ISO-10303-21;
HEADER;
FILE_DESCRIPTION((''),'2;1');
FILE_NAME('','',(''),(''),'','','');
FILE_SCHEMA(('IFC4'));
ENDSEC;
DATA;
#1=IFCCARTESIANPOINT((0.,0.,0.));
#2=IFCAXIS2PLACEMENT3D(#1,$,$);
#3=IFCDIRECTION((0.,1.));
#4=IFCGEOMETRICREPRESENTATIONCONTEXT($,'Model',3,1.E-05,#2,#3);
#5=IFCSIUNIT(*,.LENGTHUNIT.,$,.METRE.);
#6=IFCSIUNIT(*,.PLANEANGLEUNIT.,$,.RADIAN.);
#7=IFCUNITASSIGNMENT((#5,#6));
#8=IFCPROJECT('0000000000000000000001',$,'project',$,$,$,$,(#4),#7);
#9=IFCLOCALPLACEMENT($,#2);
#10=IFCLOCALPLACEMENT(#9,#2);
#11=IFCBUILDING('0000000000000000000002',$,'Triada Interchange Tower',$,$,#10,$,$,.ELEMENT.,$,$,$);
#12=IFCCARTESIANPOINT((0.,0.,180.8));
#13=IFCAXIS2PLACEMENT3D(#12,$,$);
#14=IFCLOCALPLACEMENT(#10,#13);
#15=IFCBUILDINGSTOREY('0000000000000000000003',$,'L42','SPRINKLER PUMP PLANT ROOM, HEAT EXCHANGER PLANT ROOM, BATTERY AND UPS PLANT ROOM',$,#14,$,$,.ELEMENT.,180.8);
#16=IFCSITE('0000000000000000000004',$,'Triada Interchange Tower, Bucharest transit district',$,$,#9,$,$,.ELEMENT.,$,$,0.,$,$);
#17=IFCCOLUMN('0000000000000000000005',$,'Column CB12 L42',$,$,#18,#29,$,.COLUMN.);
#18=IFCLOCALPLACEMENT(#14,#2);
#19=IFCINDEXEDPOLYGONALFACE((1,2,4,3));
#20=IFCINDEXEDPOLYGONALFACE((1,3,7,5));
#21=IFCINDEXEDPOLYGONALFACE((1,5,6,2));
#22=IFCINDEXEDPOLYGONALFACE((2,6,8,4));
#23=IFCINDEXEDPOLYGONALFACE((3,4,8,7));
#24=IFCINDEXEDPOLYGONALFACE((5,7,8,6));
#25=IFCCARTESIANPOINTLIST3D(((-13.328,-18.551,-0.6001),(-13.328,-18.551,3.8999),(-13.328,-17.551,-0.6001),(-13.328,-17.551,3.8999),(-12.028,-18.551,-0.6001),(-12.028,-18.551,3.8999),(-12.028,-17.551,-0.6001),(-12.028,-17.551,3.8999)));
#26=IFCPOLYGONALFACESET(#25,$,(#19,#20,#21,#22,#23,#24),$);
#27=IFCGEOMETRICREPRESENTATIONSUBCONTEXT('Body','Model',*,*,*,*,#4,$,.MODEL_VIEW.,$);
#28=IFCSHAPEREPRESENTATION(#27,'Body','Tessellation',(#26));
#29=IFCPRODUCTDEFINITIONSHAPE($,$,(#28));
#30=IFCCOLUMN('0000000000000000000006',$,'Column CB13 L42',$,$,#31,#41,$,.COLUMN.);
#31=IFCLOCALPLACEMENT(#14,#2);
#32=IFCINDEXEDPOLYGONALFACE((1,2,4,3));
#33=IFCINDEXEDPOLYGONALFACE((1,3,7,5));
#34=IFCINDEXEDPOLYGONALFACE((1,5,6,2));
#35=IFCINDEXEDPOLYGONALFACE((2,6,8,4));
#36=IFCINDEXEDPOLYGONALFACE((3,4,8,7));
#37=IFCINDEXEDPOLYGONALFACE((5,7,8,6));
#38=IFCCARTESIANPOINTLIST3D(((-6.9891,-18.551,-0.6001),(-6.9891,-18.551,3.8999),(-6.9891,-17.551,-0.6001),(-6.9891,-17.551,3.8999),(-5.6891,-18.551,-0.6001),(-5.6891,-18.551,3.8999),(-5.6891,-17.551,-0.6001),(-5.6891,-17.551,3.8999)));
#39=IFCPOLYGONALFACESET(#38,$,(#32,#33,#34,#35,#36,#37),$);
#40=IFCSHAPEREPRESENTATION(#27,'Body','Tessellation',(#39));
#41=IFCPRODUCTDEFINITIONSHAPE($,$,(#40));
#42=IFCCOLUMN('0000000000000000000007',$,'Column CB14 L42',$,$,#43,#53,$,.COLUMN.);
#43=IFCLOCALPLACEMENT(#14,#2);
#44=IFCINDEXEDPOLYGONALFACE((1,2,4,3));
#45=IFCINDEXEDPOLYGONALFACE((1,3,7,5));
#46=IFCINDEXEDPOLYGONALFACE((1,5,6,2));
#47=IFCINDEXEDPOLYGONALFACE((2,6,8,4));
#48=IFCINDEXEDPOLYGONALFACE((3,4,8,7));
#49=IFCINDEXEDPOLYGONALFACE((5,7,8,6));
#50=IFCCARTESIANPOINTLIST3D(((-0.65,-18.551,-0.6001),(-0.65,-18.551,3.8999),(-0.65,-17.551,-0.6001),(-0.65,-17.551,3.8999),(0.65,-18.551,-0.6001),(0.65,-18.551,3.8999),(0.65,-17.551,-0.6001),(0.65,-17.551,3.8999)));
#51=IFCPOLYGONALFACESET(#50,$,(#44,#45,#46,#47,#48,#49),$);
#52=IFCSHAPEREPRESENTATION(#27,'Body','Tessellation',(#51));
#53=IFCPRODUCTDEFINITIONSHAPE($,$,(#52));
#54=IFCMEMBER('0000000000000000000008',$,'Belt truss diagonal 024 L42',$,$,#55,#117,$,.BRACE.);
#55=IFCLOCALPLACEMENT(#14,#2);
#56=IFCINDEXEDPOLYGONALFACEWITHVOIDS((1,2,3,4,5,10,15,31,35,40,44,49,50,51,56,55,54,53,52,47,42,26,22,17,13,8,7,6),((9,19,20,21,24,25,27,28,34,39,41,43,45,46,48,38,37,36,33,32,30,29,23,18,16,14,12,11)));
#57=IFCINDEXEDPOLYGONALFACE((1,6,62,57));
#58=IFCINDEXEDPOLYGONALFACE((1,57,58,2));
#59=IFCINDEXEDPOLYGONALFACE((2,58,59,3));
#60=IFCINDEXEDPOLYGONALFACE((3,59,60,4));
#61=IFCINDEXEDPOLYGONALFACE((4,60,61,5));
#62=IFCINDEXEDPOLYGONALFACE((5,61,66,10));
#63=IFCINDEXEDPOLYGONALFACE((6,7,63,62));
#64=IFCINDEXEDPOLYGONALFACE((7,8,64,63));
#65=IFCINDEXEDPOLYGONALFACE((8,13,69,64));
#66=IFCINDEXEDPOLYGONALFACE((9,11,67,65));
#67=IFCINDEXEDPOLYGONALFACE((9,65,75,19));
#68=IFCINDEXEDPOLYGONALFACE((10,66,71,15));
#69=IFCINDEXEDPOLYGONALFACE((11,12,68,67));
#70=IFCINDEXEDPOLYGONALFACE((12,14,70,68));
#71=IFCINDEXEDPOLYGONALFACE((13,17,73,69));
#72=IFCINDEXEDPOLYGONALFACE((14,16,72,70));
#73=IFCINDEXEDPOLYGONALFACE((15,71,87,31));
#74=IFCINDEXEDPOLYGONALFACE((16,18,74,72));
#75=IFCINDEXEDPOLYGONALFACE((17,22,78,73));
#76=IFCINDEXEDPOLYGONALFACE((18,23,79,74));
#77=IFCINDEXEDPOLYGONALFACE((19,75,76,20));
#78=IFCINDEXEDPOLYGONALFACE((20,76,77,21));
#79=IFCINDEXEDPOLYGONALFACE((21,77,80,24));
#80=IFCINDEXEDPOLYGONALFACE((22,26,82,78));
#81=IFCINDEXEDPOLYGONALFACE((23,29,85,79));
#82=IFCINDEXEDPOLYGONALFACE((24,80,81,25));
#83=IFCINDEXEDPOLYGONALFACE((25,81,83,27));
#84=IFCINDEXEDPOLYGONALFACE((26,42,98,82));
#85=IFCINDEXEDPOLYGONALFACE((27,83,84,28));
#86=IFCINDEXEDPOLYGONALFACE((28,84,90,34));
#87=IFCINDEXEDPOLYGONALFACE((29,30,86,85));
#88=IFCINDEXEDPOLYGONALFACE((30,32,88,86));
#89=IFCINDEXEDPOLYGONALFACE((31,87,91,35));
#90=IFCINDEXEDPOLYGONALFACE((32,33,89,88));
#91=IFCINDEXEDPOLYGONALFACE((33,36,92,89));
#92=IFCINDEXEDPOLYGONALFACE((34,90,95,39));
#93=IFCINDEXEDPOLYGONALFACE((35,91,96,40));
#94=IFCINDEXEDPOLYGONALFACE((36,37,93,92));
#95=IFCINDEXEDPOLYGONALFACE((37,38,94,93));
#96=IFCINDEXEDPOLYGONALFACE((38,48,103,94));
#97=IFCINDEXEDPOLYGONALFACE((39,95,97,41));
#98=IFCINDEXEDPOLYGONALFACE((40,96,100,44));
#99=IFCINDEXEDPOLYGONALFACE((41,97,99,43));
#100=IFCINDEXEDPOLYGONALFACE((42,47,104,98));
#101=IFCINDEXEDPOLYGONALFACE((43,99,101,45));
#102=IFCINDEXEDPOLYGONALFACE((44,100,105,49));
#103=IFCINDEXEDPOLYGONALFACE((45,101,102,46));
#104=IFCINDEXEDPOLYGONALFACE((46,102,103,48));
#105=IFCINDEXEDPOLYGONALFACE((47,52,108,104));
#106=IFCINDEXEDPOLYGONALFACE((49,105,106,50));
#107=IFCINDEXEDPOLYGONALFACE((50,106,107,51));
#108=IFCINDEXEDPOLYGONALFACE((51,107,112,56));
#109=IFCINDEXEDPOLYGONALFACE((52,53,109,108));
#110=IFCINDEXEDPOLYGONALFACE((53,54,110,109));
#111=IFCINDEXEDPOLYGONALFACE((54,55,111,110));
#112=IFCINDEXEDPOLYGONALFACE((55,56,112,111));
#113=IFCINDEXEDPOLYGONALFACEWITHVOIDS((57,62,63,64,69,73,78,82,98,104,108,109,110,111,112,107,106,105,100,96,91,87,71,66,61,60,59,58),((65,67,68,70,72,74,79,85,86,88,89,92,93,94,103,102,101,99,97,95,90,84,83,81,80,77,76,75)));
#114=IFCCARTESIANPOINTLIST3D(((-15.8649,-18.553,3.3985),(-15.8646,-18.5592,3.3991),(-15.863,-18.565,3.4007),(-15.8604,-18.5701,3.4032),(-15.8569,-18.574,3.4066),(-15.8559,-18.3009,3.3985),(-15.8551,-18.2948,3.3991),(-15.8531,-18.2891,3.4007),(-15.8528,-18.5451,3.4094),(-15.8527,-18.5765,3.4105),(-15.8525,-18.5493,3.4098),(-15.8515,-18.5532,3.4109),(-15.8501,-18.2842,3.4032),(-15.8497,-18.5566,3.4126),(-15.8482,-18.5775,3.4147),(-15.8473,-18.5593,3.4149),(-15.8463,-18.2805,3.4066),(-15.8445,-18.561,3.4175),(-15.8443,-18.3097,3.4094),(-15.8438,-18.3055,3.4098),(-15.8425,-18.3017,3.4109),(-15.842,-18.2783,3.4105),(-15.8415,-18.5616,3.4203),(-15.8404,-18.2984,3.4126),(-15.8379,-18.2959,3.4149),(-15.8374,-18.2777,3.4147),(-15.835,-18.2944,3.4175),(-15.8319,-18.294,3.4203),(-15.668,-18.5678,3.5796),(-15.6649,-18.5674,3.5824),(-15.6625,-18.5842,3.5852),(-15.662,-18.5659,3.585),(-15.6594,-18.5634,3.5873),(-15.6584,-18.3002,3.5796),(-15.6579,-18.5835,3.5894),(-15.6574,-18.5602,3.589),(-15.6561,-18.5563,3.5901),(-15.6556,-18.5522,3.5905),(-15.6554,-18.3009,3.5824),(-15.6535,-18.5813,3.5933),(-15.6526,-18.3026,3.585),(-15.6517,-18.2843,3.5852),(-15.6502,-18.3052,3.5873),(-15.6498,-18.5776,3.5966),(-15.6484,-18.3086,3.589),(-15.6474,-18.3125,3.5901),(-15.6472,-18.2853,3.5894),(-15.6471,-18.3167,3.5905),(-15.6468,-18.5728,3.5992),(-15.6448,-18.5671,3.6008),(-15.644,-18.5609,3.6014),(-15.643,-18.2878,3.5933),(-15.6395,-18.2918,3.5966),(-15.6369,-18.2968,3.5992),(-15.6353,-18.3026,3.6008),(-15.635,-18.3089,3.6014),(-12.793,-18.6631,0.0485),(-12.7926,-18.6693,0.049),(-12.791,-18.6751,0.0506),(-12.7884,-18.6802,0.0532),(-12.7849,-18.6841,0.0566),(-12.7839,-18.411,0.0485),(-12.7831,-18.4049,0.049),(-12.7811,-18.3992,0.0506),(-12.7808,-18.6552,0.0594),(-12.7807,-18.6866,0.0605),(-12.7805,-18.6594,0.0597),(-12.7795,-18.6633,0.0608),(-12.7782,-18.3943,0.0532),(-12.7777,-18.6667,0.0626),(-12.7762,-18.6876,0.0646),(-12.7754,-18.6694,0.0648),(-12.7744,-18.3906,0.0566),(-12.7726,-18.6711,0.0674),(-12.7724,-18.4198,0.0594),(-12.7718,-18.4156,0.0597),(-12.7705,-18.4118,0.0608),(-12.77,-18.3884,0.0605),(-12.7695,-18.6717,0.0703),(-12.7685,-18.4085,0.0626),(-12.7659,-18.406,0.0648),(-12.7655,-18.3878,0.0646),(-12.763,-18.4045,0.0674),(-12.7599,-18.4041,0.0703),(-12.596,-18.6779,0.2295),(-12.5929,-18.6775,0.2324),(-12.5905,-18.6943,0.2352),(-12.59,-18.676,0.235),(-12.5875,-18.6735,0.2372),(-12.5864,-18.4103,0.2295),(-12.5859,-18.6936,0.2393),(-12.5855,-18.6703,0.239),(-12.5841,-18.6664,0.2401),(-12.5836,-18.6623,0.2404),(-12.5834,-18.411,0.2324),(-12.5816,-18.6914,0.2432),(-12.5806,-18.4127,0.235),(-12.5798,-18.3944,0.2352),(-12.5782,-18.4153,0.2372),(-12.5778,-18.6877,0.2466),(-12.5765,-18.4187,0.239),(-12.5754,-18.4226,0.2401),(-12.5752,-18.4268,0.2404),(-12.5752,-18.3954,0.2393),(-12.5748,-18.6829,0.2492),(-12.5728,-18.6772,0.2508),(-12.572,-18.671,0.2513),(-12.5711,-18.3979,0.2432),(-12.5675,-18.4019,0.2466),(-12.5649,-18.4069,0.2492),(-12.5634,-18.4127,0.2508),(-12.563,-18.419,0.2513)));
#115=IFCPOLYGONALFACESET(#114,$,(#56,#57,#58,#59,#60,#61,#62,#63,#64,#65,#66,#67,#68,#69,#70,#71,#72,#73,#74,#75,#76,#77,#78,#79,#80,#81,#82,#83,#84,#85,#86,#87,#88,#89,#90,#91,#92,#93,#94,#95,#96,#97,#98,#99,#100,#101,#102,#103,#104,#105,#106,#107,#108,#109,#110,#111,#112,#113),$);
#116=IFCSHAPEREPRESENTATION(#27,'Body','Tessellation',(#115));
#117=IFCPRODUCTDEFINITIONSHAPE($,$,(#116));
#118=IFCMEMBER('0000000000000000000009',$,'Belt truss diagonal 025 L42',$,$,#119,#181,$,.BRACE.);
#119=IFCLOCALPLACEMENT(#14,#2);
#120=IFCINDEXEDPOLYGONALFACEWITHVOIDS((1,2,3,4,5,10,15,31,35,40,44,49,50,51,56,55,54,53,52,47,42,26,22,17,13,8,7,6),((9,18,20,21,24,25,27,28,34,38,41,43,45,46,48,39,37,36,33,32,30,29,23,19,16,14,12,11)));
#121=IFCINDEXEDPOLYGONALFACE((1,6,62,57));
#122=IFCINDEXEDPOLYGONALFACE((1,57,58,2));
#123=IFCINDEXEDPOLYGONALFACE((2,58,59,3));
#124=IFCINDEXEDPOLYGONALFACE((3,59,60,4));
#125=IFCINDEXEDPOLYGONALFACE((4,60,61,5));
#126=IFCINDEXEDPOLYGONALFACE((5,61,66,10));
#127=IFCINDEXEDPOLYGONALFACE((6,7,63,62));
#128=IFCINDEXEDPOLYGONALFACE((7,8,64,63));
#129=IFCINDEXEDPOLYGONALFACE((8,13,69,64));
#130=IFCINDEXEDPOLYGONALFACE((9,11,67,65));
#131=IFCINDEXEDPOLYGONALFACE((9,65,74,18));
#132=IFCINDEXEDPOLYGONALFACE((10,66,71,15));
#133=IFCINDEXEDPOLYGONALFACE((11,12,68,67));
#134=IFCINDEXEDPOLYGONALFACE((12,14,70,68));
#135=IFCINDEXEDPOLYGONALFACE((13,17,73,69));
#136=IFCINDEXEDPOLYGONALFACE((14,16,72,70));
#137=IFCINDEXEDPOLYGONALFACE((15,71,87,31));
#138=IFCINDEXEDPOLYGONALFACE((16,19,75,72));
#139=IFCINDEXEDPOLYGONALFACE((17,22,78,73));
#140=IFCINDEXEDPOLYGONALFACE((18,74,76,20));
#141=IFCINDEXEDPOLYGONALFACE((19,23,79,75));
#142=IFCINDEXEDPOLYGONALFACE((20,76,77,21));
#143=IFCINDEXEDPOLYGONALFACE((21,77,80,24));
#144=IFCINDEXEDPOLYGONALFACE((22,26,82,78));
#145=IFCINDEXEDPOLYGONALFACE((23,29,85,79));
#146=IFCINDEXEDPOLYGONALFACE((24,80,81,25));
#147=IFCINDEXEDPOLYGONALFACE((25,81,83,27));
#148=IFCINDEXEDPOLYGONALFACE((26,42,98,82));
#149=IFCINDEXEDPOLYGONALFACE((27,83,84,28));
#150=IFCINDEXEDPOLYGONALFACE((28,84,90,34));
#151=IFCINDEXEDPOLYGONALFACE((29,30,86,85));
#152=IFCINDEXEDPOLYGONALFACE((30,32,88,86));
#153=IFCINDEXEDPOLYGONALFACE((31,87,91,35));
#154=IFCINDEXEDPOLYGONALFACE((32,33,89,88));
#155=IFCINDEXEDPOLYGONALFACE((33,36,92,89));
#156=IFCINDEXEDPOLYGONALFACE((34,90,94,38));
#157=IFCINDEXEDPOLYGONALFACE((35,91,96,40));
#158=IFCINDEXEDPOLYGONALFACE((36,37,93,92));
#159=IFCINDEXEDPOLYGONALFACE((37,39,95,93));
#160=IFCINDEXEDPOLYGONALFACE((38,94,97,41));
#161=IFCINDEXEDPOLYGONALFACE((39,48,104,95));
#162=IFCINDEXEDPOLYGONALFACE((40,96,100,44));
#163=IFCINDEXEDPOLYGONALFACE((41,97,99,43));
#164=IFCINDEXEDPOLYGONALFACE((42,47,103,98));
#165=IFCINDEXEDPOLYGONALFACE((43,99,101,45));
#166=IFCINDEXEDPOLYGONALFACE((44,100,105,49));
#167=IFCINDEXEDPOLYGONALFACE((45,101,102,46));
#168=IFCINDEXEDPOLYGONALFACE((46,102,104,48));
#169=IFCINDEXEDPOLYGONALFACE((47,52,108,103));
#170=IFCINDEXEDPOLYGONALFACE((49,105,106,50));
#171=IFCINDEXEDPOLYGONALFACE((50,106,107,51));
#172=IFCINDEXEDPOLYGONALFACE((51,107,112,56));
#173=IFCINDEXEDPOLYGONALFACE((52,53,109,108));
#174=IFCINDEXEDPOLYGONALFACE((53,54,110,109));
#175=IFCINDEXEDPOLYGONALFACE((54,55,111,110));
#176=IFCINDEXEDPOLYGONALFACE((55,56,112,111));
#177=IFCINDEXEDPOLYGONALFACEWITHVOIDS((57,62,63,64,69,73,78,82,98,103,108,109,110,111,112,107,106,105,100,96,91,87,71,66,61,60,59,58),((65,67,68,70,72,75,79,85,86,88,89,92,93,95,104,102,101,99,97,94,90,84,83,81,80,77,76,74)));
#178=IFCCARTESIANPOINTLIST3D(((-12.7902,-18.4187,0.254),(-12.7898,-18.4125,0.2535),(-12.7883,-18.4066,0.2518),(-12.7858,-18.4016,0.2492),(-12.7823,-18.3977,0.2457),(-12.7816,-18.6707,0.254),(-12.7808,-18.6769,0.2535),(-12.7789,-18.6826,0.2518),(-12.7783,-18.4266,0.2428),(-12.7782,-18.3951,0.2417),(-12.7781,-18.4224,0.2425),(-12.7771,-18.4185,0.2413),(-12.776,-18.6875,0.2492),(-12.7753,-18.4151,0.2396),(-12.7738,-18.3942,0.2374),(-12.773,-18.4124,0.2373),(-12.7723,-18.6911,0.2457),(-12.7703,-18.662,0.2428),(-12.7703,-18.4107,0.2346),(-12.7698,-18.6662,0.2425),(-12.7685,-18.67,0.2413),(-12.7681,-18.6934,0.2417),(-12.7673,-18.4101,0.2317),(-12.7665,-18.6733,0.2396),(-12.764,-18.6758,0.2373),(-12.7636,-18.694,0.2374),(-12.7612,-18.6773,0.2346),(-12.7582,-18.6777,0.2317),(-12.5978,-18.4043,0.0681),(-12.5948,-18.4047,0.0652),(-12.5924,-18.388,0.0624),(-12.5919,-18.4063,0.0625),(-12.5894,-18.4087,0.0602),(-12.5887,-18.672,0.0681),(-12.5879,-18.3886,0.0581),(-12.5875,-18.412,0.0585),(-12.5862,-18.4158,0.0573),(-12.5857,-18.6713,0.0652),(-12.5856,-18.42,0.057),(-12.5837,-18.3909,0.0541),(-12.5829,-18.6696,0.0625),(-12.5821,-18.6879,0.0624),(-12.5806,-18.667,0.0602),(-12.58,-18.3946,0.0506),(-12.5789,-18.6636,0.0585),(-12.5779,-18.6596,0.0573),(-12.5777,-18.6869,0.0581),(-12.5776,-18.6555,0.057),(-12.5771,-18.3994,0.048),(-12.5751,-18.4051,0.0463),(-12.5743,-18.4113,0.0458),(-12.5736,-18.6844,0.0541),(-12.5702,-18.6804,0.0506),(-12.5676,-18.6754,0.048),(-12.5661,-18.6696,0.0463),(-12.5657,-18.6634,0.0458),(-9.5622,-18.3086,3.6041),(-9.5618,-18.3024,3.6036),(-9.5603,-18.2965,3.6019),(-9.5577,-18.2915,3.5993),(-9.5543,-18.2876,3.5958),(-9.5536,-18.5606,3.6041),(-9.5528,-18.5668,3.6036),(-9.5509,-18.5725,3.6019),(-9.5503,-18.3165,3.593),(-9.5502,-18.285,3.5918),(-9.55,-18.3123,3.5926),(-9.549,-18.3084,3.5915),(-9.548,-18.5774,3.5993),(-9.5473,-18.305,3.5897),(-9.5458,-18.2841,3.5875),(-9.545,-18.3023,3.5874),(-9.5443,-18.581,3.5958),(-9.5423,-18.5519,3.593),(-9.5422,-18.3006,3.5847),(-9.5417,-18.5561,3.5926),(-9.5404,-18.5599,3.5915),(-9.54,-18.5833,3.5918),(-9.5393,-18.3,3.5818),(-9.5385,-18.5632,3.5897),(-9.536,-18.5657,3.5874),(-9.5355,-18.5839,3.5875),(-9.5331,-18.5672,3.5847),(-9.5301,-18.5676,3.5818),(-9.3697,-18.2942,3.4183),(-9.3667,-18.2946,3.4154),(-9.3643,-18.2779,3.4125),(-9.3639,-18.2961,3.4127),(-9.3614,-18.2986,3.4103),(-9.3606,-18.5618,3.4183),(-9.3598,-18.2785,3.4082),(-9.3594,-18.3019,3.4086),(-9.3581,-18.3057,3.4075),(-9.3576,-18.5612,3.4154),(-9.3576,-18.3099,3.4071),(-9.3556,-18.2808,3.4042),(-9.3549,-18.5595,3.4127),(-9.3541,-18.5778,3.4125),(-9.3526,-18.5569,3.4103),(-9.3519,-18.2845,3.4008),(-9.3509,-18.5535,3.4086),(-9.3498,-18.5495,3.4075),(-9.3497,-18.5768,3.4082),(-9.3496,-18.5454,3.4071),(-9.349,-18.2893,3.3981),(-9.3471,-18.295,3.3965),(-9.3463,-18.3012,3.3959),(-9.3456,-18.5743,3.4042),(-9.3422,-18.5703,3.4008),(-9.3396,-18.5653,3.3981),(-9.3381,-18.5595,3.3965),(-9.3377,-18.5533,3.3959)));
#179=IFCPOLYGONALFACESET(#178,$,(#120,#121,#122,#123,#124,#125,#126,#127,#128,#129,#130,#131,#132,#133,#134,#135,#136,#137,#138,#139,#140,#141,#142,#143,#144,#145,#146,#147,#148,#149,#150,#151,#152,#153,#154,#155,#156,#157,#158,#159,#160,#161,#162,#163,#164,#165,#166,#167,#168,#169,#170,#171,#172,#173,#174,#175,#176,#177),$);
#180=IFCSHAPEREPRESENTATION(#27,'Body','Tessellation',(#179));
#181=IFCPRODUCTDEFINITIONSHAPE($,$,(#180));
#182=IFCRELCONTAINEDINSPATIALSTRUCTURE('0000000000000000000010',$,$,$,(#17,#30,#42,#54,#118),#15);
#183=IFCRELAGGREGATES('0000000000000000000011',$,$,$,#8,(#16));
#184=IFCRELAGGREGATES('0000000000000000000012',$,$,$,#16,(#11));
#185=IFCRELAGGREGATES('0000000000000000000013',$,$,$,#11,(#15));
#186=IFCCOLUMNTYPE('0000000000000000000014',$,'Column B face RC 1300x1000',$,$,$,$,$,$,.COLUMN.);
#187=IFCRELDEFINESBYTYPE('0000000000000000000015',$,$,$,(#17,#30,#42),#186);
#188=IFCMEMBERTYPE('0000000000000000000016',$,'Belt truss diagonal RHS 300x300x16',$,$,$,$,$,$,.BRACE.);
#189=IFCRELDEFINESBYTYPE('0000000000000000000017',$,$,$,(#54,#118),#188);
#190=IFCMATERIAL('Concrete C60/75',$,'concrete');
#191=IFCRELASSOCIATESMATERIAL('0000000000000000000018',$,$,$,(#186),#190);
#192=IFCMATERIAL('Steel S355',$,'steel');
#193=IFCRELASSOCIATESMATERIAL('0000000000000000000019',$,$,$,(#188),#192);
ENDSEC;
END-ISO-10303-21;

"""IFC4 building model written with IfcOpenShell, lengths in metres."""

from ifc_helpers import new_model, si_unit, direction, frame, origin, origin_2d, place, context, subcontext, project, spatial, rectangle, hollow_rectangle, extrude, material, material_profile, profile_set, type_object, element, save


model = new_model("IFC4")

# Units and contexts
model_context = context("Model", 3, precision=1e-05, world=origin(), true_north=direction((0.0, 1.0)))
body_context = subcontext(model_context, "Body", "Model", "MODEL_VIEW")
ifc_project = project(units=[si_unit("LENGTHUNIT", "METRE"), si_unit("PLANEANGLEUNIT", "RADIAN")], contexts=[model_context])

# Site, building, storey
site_placement = place(None, origin())
site = spatial("IfcSite", under=ifc_project, at=site_placement, Name="Triada Interchange Tower, Bucharest transit district", CompositionType="ELEMENT", RefElevation=0.0)
building_placement = place(site_placement, origin())
building = spatial("IfcBuilding", under=site, at=building_placement, Name="Triada Interchange Tower", CompositionType="ELEMENT")
storey_placement = place(building_placement, frame((0.0, 0.0, 180.8)))
storey = spatial("IfcBuildingStorey", under=building, at=storey_placement, Name="L42", Description="SPRINKLER PUMP PLANT ROOM, HEAT EXCHANGER PLANT ROOM, BATTERY AND UPS PLANT ROOM", CompositionType="ELEMENT", Elevation=180.8)

# Columns
ifc_material_1 = material(Name="Concrete C60/75", Category="concrete")
ifc_material_profile_1 = material_profile(ifc_material_1, rectangle(XDim=1.3, YDim=1.0, at=origin_2d()), Name="RC 1300x1000")
ifc_profile_set_1 = profile_set([ifc_material_profile_1], Name="Concrete C60/75")
column_type = type_object("IfcColumnType", Name="Column B face RC 1300x1000", PredefinedType="COLUMN", material=ifc_profile_set_1)
for number, where, z_axis, x_axis, name in (
    (1, (-12.678, -18.051, -0.6001), (0.0, 0.0, 1.0), (1.0, 0.0, 0.0), "Column CB12 L42"),
    (2, (-6.3391, -18.051, -0.6001), (0.0, 0.0, 1.0), (1.0, 0.0, 0.0), "Column CB13 L42"),
    (3, (0.0, -18.051, -0.6001), (0.0, 0.0, 1.0), (1.0, 0.0, 0.0), "Column CB14 L42"),
):
    element("IfcColumn", number, at=place(storey_placement, frame(where, z_axis=z_axis, x_axis=x_axis)), inside=storey, type_object=column_type, Name=name, PredefinedType="COLUMN", context=body_context, shape_type="SweptSolid", body=[
        extrude(rectangle(XDim=1.3, YDim=1.0, at=origin_2d()), origin(), (0.0, 0.0, 1.0), 4.5),
    ])

# Members
ifc_material_2 = material(Name="Steel S355", Category="steel")
ifc_material_profile_2 = material_profile(ifc_material_2, hollow_rectangle(XDim=0.3, YDim=0.3, WallThickness=0.0161, InnerFilletRadius=0.0161, OuterFilletRadius=0.0239, at=origin_2d()), Name="RHS 300x300x16")
ifc_profile_set_2 = profile_set([ifc_material_profile_2], Name="Steel S355")
member_type = type_object("IfcMemberType", Name="Belt truss diagonal RHS 300x300x16", PredefinedType="BRACE", material=ifc_profile_set_2)
member_1_placement = place(storey_placement, frame((-12.678, -18.541, 0.1499), z_axis=(-0.675658, 0.024217, 0.736818), x_axis=(-0.035819, -0.999358, 0.0)))
element("IfcMember", 4, at=member_1_placement, inside=storey, type_object=member_type, Name="Belt truss diagonal 024 L42", PredefinedType="BRACE", context=body_context, shape_type="SweptSolid", body=[
    extrude(hollow_rectangle(XDim=0.3, YDim=0.3, WallThickness=0.0161, InnerFilletRadius=0.0161, OuterFilletRadius=0.0239, at=origin_2d()), origin(), (0.0, 0.0, 1.0), 4.5466),
])
member_2_placement = place(storey_placement, frame((-12.678, -18.541, 0.1499), z_axis=(0.693671, 0.023661, 0.719903), x_axis=(-0.03409, 0.999419, 0.0)))
element("IfcMember", 5, at=member_2_placement, inside=storey, type_object=member_type, Name="Belt truss diagonal 025 L42", PredefinedType="BRACE", context=body_context, shape_type="SweptSolid", body=[
    extrude(hollow_rectangle(XDim=0.3, YDim=0.3, WallThickness=0.0161, InnerFilletRadius=0.0161, OuterFilletRadius=0.0239, at=origin_2d()), origin(), (0.0, 0.0, 1.0), 4.6536),
])

save(model, "model.ifc")
